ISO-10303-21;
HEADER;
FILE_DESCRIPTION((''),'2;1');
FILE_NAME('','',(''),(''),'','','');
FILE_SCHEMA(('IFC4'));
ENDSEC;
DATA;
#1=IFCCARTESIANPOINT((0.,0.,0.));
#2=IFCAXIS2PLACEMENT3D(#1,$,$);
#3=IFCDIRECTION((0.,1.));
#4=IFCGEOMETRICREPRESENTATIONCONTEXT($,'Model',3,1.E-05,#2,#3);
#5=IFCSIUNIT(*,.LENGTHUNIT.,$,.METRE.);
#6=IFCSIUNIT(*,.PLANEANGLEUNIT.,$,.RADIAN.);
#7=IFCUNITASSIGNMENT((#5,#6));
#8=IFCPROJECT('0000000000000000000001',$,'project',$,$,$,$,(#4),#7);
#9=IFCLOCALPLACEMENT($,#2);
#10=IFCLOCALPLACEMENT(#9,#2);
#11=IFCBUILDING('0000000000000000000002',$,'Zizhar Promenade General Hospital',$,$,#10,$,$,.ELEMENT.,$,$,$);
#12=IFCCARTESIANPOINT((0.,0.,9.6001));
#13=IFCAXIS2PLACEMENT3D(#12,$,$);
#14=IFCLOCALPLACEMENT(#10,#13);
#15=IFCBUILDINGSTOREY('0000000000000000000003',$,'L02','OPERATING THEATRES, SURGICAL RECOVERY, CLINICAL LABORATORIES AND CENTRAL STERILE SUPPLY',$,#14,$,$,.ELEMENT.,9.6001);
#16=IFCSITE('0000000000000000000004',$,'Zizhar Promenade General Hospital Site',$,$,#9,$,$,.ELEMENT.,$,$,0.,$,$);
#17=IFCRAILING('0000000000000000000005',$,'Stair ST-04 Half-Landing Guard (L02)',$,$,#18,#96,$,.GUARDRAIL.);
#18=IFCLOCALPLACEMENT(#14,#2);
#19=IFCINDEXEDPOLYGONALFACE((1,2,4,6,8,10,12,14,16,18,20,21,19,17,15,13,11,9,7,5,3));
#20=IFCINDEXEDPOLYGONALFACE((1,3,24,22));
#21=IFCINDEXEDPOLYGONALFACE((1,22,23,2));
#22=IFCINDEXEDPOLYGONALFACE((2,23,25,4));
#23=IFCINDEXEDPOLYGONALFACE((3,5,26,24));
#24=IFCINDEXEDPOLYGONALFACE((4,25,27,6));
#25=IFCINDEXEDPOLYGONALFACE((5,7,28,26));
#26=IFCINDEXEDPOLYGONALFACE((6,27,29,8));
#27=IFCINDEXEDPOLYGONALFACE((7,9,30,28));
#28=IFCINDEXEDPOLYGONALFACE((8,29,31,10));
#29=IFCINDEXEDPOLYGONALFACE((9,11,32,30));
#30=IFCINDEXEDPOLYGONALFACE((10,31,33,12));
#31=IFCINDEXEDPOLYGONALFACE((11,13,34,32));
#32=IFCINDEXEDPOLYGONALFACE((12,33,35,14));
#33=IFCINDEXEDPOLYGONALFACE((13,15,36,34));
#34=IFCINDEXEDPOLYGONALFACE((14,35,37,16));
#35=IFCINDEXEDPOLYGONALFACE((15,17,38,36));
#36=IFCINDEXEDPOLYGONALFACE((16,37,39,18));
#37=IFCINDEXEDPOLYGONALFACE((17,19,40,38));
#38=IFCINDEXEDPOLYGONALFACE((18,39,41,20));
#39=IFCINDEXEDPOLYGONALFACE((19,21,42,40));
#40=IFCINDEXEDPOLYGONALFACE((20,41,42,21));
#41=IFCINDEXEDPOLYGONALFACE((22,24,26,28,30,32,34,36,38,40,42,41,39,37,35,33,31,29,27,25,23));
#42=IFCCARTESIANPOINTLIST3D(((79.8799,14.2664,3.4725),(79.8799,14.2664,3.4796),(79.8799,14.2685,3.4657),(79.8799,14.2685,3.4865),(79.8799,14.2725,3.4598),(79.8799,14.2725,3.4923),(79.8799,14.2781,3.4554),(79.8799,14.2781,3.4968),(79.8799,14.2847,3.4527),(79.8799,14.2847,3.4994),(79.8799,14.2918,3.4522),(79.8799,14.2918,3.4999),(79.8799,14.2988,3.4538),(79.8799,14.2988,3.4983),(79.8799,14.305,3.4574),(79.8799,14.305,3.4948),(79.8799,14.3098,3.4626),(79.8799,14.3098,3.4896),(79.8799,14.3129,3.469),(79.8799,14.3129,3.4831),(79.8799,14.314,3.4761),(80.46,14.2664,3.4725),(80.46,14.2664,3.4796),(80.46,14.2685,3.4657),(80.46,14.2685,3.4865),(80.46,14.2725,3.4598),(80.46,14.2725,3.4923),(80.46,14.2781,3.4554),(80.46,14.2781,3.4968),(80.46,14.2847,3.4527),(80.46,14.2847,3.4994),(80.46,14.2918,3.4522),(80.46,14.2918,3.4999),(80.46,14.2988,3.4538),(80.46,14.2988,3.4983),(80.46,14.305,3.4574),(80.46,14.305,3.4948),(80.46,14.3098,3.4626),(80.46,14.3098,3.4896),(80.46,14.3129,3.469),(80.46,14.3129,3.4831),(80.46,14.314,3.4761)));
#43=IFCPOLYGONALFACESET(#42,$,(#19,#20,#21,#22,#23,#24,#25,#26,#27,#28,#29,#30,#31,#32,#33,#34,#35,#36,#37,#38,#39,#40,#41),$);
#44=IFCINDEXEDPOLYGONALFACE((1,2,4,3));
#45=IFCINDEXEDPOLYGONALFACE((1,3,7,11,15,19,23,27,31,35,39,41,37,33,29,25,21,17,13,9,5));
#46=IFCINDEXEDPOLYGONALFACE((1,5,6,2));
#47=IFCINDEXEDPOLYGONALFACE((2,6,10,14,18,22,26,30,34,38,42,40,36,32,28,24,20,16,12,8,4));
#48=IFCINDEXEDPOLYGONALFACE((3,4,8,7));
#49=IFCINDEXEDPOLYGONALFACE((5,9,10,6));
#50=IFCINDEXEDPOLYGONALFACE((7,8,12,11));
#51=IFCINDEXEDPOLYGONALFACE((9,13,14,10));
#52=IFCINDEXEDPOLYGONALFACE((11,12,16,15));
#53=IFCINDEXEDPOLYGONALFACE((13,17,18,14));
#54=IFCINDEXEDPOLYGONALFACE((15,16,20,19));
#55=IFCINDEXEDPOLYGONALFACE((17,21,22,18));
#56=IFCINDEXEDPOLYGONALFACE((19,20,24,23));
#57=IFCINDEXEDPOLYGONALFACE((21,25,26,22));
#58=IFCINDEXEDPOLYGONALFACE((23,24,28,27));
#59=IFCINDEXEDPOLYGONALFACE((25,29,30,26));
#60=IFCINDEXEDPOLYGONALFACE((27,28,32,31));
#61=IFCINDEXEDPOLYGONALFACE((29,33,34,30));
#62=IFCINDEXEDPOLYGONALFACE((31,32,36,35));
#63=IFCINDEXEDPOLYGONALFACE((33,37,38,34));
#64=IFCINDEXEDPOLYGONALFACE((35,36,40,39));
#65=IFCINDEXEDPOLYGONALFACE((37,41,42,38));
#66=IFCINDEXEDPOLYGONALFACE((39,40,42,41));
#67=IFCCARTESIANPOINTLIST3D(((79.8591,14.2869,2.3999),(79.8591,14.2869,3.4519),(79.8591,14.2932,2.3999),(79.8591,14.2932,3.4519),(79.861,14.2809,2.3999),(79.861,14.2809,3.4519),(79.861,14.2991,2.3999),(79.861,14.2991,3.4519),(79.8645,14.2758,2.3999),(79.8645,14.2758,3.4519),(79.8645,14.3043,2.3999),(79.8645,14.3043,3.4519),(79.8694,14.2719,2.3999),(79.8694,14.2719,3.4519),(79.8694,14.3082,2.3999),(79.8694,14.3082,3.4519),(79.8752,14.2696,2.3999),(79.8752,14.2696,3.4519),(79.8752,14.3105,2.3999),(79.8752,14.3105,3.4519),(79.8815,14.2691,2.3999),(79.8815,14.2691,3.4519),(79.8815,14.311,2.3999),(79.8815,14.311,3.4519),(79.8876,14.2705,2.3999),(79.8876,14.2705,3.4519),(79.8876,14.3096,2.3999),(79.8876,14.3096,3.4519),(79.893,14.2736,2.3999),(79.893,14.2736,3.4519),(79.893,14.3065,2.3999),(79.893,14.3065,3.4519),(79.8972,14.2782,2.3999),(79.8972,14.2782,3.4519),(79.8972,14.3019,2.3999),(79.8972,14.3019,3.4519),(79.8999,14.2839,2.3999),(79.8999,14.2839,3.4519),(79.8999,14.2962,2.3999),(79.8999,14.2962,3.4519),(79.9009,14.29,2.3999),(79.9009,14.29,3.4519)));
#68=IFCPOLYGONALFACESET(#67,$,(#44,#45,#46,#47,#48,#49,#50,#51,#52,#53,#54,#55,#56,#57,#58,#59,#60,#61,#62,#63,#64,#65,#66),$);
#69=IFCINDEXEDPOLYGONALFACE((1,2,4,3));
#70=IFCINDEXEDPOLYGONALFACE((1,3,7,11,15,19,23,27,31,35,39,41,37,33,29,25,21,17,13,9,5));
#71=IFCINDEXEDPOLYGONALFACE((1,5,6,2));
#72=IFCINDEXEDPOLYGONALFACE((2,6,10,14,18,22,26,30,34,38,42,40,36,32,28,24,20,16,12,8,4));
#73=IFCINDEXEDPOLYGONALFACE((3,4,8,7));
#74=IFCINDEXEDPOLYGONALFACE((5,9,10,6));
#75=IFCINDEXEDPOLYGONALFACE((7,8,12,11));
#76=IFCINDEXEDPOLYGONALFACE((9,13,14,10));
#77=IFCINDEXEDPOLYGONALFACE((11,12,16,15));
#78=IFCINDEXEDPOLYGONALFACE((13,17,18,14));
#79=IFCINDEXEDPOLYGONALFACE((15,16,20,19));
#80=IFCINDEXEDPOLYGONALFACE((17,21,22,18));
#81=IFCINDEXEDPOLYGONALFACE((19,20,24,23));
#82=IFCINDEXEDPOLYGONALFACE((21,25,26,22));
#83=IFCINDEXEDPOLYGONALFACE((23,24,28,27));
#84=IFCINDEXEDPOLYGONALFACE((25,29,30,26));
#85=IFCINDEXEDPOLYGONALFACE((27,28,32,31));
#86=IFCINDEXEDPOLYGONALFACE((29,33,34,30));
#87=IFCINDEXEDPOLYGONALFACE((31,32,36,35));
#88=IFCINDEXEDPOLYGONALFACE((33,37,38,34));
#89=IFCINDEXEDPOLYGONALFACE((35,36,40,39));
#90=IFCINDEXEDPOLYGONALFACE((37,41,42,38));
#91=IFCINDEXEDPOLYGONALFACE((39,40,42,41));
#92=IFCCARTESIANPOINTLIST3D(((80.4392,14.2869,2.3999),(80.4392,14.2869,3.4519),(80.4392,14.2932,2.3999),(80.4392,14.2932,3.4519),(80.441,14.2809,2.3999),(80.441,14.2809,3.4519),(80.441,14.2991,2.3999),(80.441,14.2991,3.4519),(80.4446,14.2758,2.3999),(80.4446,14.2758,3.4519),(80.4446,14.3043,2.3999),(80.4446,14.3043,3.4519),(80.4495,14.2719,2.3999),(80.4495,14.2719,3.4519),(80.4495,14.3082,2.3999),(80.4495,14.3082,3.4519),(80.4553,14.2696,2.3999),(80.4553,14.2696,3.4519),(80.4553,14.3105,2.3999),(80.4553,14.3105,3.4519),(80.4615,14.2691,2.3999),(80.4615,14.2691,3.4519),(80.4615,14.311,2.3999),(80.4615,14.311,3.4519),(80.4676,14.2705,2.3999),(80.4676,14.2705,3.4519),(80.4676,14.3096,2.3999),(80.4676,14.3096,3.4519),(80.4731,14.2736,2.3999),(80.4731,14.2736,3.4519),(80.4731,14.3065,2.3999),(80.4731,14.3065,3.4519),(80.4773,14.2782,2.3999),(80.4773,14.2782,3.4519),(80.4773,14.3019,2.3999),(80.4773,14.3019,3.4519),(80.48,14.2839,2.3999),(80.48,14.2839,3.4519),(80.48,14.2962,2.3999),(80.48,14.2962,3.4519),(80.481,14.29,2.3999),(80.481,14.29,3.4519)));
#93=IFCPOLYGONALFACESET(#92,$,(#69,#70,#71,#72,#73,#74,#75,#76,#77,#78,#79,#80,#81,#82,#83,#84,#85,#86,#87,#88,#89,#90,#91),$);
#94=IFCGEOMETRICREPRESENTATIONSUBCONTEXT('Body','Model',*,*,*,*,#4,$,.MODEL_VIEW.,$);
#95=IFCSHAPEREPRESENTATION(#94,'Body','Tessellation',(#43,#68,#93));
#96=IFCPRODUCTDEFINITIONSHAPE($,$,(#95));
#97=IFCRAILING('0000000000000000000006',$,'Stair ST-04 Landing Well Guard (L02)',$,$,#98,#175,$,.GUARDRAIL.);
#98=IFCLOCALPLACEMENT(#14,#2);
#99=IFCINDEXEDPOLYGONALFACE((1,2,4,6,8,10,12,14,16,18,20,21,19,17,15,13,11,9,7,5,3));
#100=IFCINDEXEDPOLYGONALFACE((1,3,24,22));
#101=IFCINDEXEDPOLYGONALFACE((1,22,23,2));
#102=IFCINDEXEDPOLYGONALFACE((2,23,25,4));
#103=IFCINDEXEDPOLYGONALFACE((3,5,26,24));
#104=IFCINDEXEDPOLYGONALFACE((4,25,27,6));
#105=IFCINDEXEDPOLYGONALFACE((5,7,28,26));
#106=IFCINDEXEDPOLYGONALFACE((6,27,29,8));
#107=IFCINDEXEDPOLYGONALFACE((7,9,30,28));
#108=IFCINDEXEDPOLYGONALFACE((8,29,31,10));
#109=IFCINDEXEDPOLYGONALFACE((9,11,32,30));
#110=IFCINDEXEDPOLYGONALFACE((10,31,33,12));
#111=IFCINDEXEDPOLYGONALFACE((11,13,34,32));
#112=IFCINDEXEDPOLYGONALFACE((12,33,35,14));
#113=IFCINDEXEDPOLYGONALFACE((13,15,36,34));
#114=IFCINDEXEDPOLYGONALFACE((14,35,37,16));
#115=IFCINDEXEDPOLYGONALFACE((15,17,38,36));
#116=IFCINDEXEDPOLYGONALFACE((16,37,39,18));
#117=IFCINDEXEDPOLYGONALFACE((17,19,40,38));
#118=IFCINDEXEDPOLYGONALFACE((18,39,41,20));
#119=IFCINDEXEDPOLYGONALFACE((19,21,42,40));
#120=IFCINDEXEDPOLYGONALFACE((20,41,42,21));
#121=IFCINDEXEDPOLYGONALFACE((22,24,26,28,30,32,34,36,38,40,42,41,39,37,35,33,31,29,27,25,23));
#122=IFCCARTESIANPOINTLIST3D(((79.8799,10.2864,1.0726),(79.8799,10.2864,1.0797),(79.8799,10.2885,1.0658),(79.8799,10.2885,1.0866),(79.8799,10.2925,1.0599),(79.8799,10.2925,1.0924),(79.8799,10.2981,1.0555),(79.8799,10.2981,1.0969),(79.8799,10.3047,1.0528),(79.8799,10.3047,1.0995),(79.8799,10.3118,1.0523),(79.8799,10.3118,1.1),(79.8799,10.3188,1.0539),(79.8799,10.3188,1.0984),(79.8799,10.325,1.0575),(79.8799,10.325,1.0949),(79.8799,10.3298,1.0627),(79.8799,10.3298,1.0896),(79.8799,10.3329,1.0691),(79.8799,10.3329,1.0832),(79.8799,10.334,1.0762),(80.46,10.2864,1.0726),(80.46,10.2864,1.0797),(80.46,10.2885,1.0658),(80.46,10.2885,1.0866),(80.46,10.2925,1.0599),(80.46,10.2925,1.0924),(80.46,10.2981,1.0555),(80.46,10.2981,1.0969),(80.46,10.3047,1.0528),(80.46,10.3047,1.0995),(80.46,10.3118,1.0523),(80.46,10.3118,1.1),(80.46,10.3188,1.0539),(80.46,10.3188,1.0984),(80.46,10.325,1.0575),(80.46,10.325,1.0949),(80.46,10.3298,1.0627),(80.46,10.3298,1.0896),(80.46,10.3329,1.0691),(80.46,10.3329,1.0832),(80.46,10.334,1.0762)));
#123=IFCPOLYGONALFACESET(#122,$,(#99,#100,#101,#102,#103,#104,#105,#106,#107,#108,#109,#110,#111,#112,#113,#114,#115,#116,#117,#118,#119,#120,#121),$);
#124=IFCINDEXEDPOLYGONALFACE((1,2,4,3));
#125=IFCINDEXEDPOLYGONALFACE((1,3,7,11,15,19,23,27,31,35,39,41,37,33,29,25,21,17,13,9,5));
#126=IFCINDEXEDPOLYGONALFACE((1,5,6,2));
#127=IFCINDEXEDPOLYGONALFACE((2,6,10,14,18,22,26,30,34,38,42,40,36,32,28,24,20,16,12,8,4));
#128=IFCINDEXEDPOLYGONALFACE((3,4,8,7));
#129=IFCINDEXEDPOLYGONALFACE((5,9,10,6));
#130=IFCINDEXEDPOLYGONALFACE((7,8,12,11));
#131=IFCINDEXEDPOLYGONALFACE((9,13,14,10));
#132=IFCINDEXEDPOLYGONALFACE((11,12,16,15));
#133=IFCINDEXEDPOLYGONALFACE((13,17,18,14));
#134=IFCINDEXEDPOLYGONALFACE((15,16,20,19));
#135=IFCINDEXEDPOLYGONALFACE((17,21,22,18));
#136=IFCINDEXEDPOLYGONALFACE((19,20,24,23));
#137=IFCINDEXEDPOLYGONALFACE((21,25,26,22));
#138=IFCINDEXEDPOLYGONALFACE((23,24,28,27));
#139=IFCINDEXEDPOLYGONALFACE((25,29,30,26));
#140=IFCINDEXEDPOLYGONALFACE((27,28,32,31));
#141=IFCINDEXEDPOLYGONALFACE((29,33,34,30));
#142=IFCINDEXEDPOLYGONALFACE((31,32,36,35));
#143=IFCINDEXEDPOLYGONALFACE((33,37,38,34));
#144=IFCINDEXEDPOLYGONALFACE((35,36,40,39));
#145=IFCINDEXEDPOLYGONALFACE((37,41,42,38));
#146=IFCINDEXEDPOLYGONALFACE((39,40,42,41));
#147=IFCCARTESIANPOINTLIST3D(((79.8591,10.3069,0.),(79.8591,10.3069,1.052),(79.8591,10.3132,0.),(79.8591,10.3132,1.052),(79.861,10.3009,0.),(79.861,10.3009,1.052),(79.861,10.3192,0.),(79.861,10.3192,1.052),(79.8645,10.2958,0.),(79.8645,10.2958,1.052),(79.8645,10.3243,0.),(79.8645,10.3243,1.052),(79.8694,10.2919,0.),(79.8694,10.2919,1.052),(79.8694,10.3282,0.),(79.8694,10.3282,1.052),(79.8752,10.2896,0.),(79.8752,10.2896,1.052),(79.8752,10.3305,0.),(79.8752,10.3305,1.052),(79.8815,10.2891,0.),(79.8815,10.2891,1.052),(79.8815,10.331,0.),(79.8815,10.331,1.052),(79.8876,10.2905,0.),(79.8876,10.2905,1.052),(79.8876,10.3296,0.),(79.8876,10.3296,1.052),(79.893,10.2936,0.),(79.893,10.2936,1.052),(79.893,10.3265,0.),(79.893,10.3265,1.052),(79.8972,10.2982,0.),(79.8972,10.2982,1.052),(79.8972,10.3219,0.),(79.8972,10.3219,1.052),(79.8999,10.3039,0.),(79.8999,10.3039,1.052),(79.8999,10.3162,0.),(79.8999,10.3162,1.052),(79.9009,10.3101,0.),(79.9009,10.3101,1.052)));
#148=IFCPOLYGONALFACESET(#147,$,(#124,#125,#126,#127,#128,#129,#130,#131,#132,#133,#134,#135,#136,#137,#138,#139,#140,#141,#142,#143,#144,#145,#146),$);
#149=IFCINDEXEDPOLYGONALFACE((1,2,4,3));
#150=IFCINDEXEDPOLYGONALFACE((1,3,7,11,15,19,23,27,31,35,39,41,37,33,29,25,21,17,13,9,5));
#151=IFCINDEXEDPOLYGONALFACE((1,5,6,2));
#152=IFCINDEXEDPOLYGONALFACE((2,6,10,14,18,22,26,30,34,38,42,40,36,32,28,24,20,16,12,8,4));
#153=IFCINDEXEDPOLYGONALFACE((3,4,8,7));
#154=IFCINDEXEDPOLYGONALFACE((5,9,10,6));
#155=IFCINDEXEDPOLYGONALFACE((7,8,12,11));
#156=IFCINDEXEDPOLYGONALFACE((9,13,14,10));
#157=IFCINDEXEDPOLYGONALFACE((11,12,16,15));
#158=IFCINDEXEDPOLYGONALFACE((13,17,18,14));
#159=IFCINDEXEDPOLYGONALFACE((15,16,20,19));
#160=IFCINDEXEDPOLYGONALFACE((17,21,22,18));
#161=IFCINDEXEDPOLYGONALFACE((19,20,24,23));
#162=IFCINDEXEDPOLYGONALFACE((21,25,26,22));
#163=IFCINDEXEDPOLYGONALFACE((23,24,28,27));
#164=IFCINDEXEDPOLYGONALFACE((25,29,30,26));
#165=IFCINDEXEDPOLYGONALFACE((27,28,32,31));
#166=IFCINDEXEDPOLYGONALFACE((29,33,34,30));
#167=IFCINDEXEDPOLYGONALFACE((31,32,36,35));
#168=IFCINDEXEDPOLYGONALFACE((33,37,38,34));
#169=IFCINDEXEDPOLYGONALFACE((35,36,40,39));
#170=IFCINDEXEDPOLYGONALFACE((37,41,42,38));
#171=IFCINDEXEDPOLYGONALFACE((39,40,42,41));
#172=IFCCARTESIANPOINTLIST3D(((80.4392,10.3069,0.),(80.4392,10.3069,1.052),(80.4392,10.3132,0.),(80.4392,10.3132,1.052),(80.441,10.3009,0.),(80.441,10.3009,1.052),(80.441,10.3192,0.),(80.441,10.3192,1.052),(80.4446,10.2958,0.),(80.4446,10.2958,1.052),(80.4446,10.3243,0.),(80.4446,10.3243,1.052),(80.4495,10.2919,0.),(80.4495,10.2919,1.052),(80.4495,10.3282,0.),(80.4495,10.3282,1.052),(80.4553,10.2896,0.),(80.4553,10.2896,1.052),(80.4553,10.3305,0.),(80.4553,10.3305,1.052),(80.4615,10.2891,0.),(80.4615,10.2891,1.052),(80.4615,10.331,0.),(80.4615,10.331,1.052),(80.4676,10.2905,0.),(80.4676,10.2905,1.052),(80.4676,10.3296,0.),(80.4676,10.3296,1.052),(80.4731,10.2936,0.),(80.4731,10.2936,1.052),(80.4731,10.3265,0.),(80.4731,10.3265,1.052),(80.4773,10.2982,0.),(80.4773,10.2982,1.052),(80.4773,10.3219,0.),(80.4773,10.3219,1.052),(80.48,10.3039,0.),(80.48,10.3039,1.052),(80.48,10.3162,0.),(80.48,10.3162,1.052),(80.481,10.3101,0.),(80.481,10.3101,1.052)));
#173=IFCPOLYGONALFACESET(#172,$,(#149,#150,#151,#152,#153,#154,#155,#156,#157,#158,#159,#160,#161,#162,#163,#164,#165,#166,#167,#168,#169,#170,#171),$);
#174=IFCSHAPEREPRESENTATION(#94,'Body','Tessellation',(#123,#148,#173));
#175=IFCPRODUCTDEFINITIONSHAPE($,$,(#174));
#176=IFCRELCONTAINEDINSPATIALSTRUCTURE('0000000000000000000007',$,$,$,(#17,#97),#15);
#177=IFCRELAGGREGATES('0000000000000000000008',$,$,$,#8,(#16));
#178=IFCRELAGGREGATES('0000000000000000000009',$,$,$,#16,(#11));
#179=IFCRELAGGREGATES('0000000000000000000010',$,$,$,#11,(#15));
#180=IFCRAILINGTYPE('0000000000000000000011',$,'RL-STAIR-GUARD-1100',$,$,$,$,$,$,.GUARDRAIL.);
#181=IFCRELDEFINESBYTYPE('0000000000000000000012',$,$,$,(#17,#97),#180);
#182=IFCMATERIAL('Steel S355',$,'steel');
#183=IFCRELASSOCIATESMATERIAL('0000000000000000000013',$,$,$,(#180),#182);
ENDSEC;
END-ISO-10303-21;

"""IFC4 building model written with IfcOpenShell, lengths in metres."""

from ifc_helpers import new_model, si_unit, direction, frame, origin, origin_2d, place, context, subcontext, project, spatial, circle, hollow_circle, extrude, material, material_profile, profile_set, type_object, element, save


model = new_model("IFC4")

# Units and contexts
model_context = context("Model", 3, precision=1e-05, world=origin(), true_north=direction((0.0, 1.0)))
body_context = subcontext(model_context, "Body", "Model", "MODEL_VIEW")
ifc_project = project(units=[si_unit("LENGTHUNIT", "METRE"), si_unit("PLANEANGLEUNIT", "RADIAN")], contexts=[model_context])

# Site, building, storey
site_placement = place(None, origin())
site = spatial("IfcSite", under=ifc_project, at=site_placement, Name="Zizhar Promenade General Hospital Site", CompositionType="ELEMENT", RefElevation=0.0)
building_placement = place(site_placement, origin())
building = spatial("IfcBuilding", under=site, at=building_placement, Name="Zizhar Promenade General Hospital", CompositionType="ELEMENT")
storey_placement = place(building_placement, frame((0.0, 0.0, 9.6001)))
storey = spatial("IfcBuildingStorey", under=building, at=storey_placement, Name="L02", Description="OPERATING THEATRES, SURGICAL RECOVERY, CLINICAL LABORATORIES AND CENTRAL STERILE SUPPLY", CompositionType="ELEMENT", Elevation=9.6001)

# Railings
ifc_material_1 = material(Name="Steel S355", Category="steel")
ifc_material_profile_1 = material_profile(ifc_material_1, hollow_circle(Radius=0.0698, WallThickness=0.0063, at=origin_2d()))
ifc_profile_set_1 = profile_set([ifc_material_profile_1], Name="Steel S355")
railing_type_1 = type_object("IfcRailingType", Name="RL-STAIR-GUARD-1100", PredefinedType="GUARDRAIL", material=ifc_profile_set_1)
for number, where, name in (
    (1, (79.8799, 14.29, 2.3999), "Stair ST-04 Half-Landing Guard (L02)"),
    (2, (79.8799, 10.3101, 0.0), "Stair ST-04 Landing Well Guard (L02)"),
):
    element("IfcRailing", number, at=place(storey_placement, frame(where)), inside=storey, type_object=railing_type_1, Name=name, PredefinedType="GUARDRAIL", context=body_context, shape_type="SweptSolid", body=[
        extrude(circle(Radius=0.0239, at=origin_2d()), frame((0.0, 0.0, 1.0762), z_axis=(1.0, 0.0, 0.0), x_axis=(0.0, 1.0, 0.0)), (0.0, 0.0, 1.0), 0.5801),
        extrude(circle(Radius=0.021, at=origin_2d()), origin(), (0.0, 0.0, 1.0), 1.052),
        extrude(circle(Radius=0.021, at=origin_2d()), frame((0.5801, 0.0, 0.0)), (0.0, 0.0, 1.0), 1.052),
    ])

save(model, "model.ifc")
